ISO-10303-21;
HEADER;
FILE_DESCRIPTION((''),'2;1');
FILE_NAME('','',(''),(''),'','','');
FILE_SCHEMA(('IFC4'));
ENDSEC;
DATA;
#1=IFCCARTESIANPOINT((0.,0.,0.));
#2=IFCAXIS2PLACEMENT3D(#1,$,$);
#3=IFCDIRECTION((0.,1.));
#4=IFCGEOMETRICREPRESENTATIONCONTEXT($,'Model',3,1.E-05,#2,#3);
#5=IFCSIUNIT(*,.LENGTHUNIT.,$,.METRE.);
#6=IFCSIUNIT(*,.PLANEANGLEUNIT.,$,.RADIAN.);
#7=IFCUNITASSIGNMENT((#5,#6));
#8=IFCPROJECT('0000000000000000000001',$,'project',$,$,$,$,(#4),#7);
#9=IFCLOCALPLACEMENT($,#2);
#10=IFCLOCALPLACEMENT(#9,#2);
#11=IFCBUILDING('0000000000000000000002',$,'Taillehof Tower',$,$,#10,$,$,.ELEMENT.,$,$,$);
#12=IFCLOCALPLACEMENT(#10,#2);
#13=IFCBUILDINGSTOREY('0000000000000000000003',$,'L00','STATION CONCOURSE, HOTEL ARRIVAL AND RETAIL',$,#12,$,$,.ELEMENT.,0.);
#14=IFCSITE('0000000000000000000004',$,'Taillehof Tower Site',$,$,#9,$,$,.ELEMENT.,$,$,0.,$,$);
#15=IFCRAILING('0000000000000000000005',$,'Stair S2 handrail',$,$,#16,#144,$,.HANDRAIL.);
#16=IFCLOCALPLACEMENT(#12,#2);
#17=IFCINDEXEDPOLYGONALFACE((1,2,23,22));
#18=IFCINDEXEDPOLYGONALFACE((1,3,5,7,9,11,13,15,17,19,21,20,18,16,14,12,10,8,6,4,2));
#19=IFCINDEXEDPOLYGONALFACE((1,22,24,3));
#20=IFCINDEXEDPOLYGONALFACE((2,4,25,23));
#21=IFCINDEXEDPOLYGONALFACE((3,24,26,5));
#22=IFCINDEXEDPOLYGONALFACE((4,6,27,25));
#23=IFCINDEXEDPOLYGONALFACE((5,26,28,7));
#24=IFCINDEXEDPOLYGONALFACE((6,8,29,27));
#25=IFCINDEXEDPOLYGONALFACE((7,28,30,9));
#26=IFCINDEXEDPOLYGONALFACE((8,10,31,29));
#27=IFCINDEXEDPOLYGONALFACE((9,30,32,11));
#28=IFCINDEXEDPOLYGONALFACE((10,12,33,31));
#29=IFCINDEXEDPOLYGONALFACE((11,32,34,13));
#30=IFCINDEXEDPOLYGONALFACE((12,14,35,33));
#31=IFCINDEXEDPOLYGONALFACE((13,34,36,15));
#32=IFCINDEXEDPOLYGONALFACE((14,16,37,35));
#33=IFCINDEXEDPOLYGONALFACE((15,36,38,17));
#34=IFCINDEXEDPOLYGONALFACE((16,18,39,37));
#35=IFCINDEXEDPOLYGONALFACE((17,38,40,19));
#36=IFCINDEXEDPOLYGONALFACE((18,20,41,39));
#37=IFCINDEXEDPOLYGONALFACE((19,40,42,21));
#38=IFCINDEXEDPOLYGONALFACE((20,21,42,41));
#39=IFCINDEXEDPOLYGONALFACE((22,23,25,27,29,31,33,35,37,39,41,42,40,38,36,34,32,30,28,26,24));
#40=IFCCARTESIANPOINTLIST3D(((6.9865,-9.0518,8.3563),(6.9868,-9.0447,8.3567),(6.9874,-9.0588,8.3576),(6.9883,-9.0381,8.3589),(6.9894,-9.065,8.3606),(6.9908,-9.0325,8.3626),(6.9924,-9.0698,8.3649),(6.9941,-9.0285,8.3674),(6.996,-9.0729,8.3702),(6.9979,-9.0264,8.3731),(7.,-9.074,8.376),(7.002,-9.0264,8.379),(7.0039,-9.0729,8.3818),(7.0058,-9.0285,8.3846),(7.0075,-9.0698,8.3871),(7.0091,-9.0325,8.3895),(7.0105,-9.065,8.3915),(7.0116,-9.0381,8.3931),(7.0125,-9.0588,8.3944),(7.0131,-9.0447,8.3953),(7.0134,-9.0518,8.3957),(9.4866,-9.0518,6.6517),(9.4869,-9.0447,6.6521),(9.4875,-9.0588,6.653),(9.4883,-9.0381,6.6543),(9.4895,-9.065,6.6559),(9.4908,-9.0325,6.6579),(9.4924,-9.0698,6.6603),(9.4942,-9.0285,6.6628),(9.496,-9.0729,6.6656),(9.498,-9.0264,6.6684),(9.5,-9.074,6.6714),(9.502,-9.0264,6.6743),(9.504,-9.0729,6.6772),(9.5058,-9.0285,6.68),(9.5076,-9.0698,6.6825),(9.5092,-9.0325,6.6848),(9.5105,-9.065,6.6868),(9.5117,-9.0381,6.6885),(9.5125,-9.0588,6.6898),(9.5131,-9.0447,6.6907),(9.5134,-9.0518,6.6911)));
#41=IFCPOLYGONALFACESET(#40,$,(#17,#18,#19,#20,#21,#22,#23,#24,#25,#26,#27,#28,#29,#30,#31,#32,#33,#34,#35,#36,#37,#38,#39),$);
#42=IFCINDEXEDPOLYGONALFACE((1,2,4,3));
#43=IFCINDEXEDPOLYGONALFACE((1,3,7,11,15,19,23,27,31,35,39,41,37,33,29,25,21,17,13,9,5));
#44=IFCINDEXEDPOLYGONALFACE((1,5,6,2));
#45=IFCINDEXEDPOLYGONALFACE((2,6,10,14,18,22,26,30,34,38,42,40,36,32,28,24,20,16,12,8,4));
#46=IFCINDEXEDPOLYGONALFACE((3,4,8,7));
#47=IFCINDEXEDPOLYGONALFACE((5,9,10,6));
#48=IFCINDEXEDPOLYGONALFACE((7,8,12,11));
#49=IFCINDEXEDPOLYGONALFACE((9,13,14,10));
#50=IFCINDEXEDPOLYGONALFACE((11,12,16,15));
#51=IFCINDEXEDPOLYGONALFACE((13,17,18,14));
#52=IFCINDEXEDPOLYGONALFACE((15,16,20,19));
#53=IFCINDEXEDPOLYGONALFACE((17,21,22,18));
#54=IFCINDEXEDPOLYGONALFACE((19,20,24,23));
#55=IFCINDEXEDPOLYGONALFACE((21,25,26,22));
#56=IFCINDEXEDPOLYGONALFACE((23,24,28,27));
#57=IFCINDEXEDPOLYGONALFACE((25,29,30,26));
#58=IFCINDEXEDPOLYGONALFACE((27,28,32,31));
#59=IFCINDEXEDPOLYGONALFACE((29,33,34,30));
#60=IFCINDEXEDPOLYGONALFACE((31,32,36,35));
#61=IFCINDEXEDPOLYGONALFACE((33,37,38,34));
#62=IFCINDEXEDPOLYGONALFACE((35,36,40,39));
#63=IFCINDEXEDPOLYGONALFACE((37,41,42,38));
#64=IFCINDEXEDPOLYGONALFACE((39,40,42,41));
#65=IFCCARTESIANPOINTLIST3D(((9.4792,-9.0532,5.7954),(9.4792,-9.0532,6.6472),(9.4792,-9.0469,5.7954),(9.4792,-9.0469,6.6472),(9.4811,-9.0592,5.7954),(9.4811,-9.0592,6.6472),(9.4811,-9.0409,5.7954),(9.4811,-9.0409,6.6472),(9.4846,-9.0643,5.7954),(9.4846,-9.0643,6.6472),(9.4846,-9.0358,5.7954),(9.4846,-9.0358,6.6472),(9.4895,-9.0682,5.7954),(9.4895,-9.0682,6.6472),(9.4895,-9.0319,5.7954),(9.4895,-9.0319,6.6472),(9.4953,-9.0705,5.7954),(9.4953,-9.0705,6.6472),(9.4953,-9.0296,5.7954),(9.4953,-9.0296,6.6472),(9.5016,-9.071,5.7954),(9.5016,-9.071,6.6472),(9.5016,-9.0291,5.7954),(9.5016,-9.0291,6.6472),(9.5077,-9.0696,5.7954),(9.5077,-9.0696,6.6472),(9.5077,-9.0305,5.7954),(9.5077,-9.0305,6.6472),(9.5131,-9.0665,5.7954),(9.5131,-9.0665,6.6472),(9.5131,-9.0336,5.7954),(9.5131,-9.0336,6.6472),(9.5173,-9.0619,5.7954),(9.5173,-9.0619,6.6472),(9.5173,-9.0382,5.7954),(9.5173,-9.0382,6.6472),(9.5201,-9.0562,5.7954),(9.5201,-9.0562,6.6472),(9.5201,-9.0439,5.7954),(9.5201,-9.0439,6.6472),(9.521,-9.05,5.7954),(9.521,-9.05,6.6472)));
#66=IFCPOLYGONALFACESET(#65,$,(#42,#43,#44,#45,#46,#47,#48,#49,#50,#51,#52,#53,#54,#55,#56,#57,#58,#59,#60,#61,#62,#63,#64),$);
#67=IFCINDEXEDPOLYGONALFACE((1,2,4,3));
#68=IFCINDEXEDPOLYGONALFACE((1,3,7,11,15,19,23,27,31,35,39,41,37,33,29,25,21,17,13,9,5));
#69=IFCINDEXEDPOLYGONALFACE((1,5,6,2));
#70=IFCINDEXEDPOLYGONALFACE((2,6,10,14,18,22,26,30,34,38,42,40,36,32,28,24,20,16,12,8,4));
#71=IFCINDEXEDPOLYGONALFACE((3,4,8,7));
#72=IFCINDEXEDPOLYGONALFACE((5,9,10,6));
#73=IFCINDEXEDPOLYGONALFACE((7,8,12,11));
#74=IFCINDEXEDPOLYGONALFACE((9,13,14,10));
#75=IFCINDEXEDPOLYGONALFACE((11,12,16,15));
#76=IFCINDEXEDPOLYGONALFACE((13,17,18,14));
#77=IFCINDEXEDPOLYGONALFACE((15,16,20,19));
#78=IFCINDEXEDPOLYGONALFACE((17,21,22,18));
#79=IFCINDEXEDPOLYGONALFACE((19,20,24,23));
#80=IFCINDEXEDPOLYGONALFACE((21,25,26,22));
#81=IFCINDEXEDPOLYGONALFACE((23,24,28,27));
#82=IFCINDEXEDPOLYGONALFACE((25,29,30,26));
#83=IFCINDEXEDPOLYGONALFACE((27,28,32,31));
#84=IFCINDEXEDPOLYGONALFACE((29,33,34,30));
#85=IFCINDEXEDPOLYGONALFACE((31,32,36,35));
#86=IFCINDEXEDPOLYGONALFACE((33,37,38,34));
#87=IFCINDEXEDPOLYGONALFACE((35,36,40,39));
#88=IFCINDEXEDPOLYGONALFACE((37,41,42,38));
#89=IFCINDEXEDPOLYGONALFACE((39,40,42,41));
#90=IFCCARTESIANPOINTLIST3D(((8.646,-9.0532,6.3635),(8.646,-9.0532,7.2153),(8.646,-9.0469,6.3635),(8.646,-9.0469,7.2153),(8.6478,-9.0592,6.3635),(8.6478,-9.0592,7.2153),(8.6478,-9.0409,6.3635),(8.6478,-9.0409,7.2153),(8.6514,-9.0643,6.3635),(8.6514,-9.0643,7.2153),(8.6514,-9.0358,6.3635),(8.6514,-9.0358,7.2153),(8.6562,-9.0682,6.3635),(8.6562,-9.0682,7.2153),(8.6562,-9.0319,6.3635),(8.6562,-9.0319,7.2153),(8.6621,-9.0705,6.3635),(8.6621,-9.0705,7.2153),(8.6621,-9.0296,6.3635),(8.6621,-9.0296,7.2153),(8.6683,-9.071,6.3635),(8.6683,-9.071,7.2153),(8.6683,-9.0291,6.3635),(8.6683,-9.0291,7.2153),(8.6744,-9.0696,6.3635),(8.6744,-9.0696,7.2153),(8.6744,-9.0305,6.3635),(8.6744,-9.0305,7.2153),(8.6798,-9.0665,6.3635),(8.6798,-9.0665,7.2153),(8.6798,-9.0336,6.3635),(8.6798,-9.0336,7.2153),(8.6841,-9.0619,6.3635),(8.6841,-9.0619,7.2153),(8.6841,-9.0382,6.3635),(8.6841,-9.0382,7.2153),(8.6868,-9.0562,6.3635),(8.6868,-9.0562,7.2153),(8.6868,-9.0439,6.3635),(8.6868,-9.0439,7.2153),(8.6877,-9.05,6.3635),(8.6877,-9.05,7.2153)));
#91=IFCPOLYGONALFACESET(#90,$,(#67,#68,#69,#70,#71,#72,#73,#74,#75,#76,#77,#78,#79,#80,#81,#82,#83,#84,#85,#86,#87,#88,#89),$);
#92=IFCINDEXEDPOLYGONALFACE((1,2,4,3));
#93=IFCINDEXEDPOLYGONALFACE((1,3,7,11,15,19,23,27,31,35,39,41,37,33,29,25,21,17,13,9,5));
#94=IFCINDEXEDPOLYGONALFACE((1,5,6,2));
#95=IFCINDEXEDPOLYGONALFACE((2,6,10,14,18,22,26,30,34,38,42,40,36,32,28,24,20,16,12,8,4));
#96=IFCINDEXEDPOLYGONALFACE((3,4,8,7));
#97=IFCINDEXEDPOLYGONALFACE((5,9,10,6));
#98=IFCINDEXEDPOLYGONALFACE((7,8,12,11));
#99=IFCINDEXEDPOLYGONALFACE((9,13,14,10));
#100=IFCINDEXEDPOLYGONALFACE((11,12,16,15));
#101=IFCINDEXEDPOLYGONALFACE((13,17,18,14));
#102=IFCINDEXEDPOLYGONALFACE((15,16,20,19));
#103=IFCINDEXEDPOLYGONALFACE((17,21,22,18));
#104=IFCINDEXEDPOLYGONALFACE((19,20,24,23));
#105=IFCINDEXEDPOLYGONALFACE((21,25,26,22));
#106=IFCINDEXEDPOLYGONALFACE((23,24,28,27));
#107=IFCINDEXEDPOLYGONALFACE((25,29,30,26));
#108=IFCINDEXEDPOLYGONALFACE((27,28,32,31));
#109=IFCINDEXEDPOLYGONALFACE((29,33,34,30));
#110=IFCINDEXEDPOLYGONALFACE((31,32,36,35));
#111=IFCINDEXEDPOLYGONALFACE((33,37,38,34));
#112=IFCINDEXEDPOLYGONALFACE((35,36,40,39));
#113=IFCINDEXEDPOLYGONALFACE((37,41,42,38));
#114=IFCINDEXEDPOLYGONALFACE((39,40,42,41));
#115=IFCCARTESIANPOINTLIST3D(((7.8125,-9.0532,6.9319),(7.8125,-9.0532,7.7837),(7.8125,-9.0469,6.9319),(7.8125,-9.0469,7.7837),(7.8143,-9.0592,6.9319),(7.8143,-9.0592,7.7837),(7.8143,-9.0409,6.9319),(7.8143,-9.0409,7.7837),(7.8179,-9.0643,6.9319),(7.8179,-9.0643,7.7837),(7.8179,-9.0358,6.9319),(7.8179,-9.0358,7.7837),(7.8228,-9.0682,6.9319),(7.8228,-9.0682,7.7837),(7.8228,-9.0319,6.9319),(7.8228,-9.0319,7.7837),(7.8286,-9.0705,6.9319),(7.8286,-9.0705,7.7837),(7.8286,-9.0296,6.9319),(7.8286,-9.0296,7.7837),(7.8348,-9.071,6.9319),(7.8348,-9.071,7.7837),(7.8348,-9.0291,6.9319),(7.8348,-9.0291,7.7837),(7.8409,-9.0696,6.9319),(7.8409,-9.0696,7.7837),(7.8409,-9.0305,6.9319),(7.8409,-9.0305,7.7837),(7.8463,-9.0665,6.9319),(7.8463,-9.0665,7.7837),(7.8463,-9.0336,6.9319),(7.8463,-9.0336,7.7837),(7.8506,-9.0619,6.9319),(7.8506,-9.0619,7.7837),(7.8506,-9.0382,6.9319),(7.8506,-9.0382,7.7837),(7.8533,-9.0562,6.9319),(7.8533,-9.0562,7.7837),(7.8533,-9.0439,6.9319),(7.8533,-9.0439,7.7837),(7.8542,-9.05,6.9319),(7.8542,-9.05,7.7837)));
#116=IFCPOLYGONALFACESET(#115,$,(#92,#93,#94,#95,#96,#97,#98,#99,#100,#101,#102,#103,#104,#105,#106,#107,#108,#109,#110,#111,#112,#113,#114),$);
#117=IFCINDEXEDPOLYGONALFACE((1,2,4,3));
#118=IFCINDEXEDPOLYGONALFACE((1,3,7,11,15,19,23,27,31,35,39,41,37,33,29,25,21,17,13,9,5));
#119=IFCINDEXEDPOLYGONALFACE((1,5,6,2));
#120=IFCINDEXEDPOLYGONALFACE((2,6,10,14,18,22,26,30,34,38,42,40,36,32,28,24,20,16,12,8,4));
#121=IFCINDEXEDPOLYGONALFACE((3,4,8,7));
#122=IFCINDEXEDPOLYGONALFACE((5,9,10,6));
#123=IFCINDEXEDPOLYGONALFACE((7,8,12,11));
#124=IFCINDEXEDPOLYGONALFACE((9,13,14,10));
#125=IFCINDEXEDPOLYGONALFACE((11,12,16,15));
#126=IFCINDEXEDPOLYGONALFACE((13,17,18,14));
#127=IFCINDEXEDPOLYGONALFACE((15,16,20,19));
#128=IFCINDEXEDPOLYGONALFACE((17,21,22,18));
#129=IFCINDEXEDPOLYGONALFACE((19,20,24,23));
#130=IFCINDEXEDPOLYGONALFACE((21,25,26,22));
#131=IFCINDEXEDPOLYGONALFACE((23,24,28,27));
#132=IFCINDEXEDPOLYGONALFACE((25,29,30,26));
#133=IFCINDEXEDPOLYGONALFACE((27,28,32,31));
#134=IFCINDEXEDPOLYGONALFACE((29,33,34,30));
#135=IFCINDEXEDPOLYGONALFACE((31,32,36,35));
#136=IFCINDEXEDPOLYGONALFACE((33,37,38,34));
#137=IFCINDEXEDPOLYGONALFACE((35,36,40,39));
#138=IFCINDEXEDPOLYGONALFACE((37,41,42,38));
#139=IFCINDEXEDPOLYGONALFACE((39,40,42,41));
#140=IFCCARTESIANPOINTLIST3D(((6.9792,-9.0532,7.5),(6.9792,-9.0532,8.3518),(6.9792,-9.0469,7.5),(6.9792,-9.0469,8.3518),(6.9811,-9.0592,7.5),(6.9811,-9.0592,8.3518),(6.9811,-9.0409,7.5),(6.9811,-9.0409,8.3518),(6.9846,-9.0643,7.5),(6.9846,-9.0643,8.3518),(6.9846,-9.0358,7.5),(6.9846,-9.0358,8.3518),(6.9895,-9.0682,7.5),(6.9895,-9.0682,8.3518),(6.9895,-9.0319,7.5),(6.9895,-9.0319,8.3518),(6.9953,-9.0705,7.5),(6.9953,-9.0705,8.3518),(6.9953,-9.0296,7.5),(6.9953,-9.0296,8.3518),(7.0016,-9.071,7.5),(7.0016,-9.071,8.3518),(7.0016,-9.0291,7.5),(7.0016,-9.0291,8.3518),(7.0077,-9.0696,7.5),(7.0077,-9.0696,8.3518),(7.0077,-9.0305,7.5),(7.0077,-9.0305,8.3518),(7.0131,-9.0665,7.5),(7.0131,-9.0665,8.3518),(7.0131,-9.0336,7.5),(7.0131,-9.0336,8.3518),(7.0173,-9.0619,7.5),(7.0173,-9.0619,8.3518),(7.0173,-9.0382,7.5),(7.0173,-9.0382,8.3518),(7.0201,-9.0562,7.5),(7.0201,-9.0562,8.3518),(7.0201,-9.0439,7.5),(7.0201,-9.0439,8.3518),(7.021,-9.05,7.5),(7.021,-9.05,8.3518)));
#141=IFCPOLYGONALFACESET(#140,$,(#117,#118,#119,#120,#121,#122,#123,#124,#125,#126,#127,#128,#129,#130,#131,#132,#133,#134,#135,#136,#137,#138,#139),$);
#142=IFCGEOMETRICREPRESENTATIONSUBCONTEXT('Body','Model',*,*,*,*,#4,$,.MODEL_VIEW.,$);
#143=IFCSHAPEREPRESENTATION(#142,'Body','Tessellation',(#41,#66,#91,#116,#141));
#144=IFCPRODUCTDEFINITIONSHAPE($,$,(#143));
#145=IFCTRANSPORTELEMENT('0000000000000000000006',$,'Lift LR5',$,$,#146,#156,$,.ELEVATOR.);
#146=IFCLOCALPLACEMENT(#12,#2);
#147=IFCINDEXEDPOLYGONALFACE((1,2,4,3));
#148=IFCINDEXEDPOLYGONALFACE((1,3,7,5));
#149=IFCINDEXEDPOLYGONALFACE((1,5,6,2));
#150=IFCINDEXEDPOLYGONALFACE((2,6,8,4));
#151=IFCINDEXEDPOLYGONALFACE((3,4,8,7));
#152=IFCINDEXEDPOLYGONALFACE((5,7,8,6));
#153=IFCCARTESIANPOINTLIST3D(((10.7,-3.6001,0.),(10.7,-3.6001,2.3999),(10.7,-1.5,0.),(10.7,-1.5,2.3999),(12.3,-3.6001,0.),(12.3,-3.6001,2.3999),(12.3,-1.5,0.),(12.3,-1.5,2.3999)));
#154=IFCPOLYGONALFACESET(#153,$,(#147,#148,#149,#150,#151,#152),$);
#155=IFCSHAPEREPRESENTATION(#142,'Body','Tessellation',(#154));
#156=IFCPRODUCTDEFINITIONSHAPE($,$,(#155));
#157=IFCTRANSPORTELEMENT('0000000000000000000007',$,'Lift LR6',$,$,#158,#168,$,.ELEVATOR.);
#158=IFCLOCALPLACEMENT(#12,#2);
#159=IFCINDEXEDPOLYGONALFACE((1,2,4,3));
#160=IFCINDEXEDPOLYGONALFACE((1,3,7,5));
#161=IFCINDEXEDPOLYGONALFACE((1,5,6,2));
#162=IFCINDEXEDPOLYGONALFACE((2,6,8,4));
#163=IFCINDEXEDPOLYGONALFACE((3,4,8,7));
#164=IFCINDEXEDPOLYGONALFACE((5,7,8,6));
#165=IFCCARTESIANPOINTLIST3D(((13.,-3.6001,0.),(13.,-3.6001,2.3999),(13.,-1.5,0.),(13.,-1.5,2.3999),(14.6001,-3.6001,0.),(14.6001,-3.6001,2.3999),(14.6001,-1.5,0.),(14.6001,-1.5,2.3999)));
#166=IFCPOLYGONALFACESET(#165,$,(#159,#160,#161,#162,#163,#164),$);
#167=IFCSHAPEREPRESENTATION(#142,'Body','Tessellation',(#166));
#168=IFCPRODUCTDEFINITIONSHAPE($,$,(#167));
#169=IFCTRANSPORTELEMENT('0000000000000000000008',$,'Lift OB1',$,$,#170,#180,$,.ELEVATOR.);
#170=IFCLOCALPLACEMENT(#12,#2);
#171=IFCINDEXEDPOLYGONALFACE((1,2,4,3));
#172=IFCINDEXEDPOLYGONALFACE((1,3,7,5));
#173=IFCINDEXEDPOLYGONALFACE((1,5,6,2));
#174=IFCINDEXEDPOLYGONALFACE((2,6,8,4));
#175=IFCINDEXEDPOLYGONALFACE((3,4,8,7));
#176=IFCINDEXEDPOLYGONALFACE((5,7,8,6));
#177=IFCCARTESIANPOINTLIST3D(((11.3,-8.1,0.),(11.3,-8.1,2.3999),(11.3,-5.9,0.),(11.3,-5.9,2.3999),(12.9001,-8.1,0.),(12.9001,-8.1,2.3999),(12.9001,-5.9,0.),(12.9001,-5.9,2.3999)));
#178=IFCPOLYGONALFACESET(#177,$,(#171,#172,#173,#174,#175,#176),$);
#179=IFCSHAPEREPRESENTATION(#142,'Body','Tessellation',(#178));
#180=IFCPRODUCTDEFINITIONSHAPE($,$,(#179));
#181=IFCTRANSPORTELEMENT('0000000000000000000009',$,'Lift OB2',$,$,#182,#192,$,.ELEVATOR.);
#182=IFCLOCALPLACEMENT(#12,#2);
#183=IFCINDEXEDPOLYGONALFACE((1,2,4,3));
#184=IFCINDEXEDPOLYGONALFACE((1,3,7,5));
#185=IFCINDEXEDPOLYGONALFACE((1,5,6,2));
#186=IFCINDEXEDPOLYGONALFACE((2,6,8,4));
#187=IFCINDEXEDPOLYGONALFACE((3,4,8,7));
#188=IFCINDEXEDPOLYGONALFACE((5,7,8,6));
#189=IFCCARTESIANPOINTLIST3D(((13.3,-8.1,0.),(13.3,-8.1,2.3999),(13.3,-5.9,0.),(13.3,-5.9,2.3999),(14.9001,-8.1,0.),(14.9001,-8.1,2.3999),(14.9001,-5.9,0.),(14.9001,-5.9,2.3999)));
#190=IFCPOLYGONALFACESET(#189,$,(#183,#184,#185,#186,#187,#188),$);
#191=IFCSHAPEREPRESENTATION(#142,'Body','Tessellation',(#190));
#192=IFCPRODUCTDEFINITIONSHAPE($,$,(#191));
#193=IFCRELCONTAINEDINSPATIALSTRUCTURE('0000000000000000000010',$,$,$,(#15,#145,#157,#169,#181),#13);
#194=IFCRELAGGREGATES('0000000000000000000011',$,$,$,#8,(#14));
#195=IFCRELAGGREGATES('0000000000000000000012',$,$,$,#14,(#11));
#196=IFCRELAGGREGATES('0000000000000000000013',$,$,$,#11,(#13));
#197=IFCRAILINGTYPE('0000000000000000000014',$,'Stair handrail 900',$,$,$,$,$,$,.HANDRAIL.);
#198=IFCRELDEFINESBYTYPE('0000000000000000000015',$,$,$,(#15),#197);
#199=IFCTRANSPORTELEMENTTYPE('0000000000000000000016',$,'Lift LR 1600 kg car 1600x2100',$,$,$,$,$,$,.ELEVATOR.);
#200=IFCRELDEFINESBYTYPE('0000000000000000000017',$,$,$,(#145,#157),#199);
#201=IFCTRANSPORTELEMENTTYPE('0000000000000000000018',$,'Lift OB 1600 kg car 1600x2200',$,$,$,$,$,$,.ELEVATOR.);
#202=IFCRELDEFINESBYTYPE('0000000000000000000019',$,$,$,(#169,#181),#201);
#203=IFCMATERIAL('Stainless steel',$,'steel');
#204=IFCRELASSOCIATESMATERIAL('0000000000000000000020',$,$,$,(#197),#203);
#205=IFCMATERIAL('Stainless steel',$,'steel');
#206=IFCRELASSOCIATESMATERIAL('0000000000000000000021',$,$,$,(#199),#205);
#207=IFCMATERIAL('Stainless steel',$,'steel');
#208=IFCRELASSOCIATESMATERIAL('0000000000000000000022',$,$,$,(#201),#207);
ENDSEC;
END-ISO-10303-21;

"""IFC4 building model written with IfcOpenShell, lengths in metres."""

from ifc_helpers import new_model, si_unit, direction, frame, origin, origin_2d, place, context, subcontext, project, spatial, rectangle, circle, extrude, material, type_object, element, save


model = new_model("IFC4")

# Units and contexts
model_context = context("Model", 3, precision=1e-05, world=origin(), true_north=direction((0.0, 1.0)))
body_context = subcontext(model_context, "Body", "Model", "MODEL_VIEW")
ifc_project = project(units=[si_unit("LENGTHUNIT", "METRE"), si_unit("PLANEANGLEUNIT", "RADIAN")], contexts=[model_context])

# Site, building, storey
site_placement = place(None, origin())
site = spatial("IfcSite", under=ifc_project, at=site_placement, Name="Taillehof Tower Site", CompositionType="ELEMENT", RefElevation=0.0)
building_placement = place(site_placement, origin())
building = spatial("IfcBuilding", under=site, at=building_placement, Name="Taillehof Tower", CompositionType="ELEMENT")
storey_placement = place(building_placement, origin())
storey = spatial("IfcBuildingStorey", under=building, at=storey_placement, Name="L00", Description="STATION CONCOURSE, HOTEL ARRIVAL AND RETAIL", CompositionType="ELEMENT", Elevation=0.0)

# Railing
ifc_material_1 = material(Name="Stainless steel", Category="steel")
railing_type = type_object("IfcRailingType", Name="Stair handrail 900", PredefinedType="HANDRAIL", material=ifc_material_1)
for number, where, name in (
    (1, (9.5, -9.05, 5.7954), "Stair S2 handrail"),
):
    element("IfcRailing", number, at=place(storey_placement, frame(where)), inside=storey, type_object=railing_type, Name=name, PredefinedType="HANDRAIL", context=body_context, shape_type="SweptSolid", body=[
        extrude(circle(Radius=0.0239, at=origin_2d()), frame((0.0, 0.0, 0.876), z_axis=(-0.826221, 0.0, 0.563347), x_axis=(0.0, -1.0, 0.0)), (0.0, 0.0, 1.0), 3.0259),
        extrude(circle(Radius=0.021, at=origin_2d()), origin(), (0.0, 0.0, 1.0), 0.8518),
        extrude(circle(Radius=0.021, at=origin_2d()), frame((-0.8333, 0.0, 0.5681)), (0.0, 0.0, 1.0), 0.8518),
        extrude(circle(Radius=0.021, at=origin_2d()), frame((-1.6667, 0.0, 1.1365)), (0.0, 0.0, 1.0), 0.8518),
        extrude(circle(Radius=0.021, at=origin_2d()), frame((-2.5, 0.0, 1.7046)), (0.0, 0.0, 1.0), 0.8518),
    ])

# Transport elements
ifc_material_2 = material(Name="Stainless steel", Category="steel")
transport_element_type_1 = type_object("IfcTransportElementType", Name="Lift LR 1600 kg car 1600x2100", PredefinedType="ELEVATOR", material=ifc_material_2)
for number, where, z_axis, x_axis, name in (
    (2, (11.5, -2.55, 0.0), (0.0, 0.0, 1.0), (1.0, 0.0, 0.0), "Lift LR5"),
    (3, (13.8, -2.55, 0.0), (0.0, 0.0, 1.0), (1.0, 0.0, 0.0), "Lift LR6"),
):
    element("IfcTransportElement", number, at=place(storey_placement, frame(where, z_axis=z_axis, x_axis=x_axis)), inside=storey, type_object=transport_element_type_1, Name=name, PredefinedType="ELEVATOR", context=body_context, shape_type="SweptSolid", body=[
        extrude(rectangle(XDim=1.6001, YDim=2.1001, at=origin_2d()), origin(), (0.0, 0.0, 1.0), 2.3999),
    ])
ifc_material_3 = material(Name="Stainless steel", Category="steel")
transport_element_type_2 = type_object("IfcTransportElementType", Name="Lift OB 1600 kg car 1600x2200", PredefinedType="ELEVATOR", material=ifc_material_3)
for number, where, z_axis, x_axis, name in (
    (4, (12.1001, -7.0, 0.0), (0.0, 0.0, 1.0), (1.0, 0.0, 0.0), "Lift OB1"),
    (5, (14.1001, -7.0, 0.0), (0.0, 0.0, 1.0), (1.0, 0.0, 0.0), "Lift OB2"),
):
    element("IfcTransportElement", number, at=place(storey_placement, frame(where, z_axis=z_axis, x_axis=x_axis)), inside=storey, type_object=transport_element_type_2, Name=name, PredefinedType="ELEVATOR", context=body_context, shape_type="SweptSolid", body=[
        extrude(rectangle(XDim=1.6001, YDim=2.2, at=origin_2d()), origin(), (0.0, 0.0, 1.0), 2.3999),
    ])

save(model, "model.ifc")
